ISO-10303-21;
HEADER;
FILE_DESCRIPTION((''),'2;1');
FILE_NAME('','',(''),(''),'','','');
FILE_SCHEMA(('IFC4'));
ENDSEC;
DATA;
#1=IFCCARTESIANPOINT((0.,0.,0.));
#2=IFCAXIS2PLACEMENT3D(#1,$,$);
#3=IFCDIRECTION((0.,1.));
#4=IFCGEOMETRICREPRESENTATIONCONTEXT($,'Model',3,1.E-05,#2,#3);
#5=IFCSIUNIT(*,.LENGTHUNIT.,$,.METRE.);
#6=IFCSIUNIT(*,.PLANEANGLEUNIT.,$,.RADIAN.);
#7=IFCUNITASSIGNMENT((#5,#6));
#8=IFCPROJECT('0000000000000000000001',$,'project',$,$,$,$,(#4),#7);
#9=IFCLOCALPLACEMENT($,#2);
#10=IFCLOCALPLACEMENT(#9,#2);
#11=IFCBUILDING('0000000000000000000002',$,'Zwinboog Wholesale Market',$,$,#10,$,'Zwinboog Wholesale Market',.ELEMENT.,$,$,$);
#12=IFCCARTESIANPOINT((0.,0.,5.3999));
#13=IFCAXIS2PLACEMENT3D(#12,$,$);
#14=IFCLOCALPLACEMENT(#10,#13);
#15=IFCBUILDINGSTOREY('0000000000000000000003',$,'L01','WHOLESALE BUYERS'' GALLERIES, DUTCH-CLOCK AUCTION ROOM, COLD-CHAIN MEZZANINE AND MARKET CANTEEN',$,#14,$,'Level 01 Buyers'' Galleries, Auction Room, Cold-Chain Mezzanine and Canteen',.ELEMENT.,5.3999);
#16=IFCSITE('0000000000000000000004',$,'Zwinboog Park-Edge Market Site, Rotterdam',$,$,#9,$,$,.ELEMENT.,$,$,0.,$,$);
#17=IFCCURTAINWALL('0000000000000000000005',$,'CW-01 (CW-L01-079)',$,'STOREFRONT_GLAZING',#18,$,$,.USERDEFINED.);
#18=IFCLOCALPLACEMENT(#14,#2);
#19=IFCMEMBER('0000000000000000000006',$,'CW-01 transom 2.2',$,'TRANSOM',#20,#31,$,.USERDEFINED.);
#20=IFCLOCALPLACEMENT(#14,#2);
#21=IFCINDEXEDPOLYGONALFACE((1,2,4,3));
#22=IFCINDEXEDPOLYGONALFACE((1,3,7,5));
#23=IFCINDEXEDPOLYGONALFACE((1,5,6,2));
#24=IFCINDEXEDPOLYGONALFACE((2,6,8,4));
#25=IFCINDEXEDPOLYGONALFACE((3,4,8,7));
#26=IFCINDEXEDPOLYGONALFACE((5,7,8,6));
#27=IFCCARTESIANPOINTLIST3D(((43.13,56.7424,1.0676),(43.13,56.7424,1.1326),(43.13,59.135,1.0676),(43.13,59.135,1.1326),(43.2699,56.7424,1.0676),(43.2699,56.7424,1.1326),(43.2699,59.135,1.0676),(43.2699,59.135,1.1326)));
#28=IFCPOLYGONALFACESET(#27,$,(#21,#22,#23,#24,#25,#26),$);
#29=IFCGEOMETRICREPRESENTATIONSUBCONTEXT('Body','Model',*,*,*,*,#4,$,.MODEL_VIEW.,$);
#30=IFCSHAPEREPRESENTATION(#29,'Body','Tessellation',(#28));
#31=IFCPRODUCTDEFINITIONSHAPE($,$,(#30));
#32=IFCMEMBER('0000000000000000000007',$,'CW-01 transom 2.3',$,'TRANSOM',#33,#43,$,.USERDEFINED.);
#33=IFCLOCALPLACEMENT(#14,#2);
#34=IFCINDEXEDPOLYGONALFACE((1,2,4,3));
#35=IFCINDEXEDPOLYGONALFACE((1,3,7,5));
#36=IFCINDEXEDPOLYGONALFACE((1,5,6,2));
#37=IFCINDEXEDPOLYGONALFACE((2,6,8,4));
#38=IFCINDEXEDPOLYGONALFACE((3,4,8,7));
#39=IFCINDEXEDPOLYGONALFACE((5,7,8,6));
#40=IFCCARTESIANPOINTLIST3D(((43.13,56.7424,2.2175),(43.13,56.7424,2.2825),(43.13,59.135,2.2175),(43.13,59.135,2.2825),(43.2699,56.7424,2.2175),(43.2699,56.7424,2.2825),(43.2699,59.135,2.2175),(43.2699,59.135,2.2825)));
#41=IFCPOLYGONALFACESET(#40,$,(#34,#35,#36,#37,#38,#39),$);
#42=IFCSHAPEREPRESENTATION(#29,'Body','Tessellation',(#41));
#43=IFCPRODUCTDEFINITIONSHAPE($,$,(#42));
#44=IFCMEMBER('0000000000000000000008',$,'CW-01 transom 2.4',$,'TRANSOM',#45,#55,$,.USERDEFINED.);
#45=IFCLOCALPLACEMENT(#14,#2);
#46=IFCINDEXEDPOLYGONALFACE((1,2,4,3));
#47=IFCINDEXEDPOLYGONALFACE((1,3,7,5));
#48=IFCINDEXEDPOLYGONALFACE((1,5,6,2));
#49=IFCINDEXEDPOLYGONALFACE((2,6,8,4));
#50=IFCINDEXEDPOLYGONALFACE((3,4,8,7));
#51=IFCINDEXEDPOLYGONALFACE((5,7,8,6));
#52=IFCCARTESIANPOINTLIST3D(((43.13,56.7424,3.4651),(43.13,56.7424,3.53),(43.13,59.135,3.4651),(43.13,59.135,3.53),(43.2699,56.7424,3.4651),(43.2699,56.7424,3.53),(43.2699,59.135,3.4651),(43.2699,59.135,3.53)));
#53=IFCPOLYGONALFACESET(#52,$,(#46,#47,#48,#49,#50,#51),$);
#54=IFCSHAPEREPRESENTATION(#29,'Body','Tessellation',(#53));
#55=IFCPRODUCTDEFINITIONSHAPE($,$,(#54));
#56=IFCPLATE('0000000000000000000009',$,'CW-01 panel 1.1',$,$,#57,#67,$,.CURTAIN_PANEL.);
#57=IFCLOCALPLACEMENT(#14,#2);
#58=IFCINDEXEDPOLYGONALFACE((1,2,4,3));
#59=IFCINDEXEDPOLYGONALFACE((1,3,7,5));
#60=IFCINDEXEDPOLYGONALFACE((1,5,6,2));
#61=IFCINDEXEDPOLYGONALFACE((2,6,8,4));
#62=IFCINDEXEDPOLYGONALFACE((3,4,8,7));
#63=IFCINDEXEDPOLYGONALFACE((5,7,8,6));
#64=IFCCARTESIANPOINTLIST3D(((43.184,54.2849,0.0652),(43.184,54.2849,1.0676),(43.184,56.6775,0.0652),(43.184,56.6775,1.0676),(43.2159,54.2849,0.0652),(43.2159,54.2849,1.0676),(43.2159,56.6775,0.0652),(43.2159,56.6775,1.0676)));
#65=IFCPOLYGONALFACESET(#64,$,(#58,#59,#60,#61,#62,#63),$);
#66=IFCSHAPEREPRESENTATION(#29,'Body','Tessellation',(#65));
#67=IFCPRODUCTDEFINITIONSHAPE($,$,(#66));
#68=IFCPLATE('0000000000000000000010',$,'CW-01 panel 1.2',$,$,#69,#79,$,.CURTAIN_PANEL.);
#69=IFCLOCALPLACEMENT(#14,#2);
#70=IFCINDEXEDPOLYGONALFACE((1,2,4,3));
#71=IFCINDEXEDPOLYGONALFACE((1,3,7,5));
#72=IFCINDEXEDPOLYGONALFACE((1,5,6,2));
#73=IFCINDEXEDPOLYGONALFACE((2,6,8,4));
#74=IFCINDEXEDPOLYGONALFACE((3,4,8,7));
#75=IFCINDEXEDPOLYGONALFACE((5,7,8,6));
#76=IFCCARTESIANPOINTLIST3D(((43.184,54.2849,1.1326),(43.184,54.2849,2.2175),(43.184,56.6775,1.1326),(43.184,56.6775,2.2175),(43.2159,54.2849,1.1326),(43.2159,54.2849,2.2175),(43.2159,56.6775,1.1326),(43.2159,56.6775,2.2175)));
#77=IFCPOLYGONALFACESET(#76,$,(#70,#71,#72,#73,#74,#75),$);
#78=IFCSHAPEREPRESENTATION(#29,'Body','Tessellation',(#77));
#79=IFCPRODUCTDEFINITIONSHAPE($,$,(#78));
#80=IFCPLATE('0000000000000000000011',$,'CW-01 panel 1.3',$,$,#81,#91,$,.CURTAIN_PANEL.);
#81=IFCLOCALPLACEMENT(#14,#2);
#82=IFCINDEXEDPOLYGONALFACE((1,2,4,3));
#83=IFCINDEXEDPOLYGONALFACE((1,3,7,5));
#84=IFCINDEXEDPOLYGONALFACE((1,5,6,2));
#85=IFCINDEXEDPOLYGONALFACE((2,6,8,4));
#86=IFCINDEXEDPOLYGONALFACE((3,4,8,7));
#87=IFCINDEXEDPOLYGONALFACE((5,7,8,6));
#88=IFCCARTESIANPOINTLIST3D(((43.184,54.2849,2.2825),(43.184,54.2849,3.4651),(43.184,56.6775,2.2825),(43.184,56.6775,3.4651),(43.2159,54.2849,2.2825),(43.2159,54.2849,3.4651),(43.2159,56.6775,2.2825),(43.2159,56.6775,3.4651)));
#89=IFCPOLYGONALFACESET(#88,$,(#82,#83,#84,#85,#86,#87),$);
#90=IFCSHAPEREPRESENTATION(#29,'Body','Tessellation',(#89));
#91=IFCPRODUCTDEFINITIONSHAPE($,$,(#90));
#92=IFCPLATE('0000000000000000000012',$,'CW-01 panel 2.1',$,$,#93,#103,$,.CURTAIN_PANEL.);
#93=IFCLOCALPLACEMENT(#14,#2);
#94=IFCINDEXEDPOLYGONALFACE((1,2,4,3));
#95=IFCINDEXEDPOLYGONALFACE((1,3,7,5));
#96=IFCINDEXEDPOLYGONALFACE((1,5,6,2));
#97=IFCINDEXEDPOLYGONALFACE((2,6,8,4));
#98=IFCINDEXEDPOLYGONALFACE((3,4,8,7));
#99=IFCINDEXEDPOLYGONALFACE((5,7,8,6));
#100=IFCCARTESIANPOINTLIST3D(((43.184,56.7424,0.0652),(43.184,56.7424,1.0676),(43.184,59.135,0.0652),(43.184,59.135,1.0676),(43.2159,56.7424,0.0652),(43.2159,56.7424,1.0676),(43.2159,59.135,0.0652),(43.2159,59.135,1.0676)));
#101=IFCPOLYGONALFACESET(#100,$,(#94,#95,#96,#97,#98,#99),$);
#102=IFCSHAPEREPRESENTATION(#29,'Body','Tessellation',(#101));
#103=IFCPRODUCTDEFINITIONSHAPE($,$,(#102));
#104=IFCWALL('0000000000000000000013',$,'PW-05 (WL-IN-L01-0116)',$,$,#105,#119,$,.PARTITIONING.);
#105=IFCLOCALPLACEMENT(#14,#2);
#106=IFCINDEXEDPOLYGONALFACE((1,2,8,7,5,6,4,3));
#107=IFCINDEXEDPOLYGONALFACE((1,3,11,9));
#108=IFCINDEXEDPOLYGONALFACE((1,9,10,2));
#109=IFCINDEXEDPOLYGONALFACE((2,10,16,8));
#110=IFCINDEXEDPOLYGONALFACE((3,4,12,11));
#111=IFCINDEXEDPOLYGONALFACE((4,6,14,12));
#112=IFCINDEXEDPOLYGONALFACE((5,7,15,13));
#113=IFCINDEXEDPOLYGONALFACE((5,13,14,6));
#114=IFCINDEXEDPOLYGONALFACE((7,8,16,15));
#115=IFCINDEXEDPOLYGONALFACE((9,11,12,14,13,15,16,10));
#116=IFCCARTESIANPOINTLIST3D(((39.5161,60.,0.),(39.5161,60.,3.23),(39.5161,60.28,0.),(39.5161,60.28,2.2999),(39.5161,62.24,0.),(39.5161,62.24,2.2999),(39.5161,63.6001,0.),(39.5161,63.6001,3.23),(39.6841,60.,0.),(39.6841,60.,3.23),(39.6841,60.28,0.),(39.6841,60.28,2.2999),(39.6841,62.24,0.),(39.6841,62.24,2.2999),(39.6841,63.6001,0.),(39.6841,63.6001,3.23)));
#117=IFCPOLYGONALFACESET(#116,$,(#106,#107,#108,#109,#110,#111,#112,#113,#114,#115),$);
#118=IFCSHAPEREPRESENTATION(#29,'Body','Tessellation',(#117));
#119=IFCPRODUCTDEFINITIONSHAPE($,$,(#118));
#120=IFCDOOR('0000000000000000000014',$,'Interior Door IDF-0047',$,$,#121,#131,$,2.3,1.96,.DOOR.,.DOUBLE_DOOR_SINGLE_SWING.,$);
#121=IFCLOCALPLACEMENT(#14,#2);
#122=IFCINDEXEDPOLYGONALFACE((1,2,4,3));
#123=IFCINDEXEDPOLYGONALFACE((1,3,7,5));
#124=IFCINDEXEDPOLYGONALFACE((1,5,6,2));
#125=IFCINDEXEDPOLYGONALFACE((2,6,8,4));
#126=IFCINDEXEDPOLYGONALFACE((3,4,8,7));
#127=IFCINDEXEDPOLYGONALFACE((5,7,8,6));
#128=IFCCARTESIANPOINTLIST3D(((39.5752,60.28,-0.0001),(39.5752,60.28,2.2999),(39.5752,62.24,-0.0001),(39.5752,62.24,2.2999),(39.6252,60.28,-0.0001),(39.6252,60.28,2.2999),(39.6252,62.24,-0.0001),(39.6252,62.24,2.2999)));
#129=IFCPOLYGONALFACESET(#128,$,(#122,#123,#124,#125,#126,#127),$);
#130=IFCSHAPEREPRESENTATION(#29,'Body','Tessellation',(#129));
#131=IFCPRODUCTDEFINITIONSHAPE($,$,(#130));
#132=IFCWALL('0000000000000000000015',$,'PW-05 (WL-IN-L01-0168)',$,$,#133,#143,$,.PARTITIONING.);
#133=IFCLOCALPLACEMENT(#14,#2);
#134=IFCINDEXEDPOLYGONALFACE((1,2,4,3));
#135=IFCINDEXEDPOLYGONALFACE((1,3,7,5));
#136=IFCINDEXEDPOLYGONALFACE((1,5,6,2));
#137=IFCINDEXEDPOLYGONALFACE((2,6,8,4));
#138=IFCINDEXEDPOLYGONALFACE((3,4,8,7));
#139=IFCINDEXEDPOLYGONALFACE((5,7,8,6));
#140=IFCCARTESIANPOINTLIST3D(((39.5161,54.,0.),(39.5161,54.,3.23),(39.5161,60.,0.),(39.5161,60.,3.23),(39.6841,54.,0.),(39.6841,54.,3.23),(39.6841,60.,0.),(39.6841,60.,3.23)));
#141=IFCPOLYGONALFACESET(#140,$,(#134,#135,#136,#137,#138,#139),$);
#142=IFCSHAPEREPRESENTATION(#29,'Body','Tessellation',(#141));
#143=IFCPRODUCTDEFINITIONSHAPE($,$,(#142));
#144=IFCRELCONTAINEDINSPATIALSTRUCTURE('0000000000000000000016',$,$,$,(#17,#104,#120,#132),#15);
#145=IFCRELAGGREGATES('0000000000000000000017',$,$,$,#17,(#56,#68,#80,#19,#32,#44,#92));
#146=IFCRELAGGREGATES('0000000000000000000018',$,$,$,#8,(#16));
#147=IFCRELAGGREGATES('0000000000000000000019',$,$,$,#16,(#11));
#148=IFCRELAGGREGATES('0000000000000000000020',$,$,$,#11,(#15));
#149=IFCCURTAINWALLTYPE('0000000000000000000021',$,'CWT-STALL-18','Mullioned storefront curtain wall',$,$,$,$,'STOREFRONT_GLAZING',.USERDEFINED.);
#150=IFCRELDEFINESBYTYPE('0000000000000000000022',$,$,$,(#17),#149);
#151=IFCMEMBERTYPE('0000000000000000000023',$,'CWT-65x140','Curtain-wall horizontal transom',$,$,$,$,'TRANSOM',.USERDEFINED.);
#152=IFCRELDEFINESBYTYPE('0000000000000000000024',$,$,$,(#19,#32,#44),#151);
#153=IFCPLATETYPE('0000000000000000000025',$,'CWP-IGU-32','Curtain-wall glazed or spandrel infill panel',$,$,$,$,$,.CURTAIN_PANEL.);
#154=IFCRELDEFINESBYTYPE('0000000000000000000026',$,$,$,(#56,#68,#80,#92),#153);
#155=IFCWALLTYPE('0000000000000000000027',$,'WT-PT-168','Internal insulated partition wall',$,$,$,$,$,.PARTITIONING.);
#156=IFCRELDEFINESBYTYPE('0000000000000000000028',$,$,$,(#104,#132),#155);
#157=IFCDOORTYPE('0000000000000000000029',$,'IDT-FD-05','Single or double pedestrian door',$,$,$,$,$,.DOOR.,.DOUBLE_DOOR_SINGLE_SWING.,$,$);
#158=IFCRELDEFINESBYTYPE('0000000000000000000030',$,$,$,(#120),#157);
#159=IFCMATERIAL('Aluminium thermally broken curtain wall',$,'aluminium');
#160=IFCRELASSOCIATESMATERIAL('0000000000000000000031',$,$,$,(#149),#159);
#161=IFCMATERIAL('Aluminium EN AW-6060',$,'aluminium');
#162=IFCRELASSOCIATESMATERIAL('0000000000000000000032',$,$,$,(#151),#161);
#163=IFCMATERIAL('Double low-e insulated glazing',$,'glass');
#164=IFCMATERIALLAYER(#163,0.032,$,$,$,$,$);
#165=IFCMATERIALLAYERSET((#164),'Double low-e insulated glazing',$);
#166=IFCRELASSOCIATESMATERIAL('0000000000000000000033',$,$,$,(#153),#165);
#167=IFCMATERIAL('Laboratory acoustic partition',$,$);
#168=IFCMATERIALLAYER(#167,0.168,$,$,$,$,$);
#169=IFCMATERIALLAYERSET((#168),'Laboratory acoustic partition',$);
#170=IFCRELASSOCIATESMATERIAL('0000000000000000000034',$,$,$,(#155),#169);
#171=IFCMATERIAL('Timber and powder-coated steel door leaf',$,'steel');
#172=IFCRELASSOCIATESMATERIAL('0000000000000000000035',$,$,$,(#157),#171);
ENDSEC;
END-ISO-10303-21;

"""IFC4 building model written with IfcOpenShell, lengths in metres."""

from ifc_helpers import new_model, si_unit, direction, frame, frame_2d, origin, origin_2d, place, context, subcontext, project, spatial, rectangle, extrude, material, layer, layer_set, material_profile, profile_set, type_object, element, fill, aggregate, save


model = new_model("IFC4")

# Units and contexts
model_context = context("Model", 3, precision=1e-05, world=origin(), true_north=direction((0.0, 1.0)))
body_context = subcontext(model_context, "Body", "Model", "MODEL_VIEW")
ifc_project = project(units=[si_unit("LENGTHUNIT", "METRE"), si_unit("PLANEANGLEUNIT", "RADIAN")], contexts=[model_context])

# Site, building, storey
site_placement = place(None, origin())
site = spatial("IfcSite", under=ifc_project, at=site_placement, Name="Zwinboog Park-Edge Market Site, Rotterdam", CompositionType="ELEMENT", RefElevation=0.0)
building_placement = place(site_placement, origin())
building = spatial("IfcBuilding", under=site, at=building_placement, Name="Zwinboog Wholesale Market", LongName="Zwinboog Wholesale Market", CompositionType="ELEMENT")
storey_placement = place(building_placement, frame((0.0, 0.0, 5.3999)))
storey = spatial("IfcBuildingStorey", under=building, at=storey_placement, Name="L01", Description="WHOLESALE BUYERS' GALLERIES, DUTCH-CLOCK AUCTION ROOM, COLD-CHAIN MEZZANINE AND MARKET CANTEEN", LongName="Level 01 Buyers' Galleries, Auction Room, Cold-Chain Mezzanine and Canteen", CompositionType="ELEMENT", Elevation=5.3999)

# Curtain wall
ifc_material_1 = material(Name="Aluminium thermally broken curtain wall", Category="aluminium")
curtain_wall_type_1 = type_object("IfcCurtainWallType", Name="CWT-STALL-18", Description="Mullioned storefront curtain wall", ElementType="STOREFRONT_GLAZING", PredefinedType="USERDEFINED", material=ifc_material_1)
curtain_wall_1_placement = place(storey_placement, origin())
curtain_wall_1 = element("IfcCurtainWall", 1, at=curtain_wall_1_placement, inside=storey, type_object=curtain_wall_type_1, Name="CW-01 (CW-L01-079)", ObjectType="STOREFRONT_GLAZING", PredefinedType="USERDEFINED")
ifc_material_2 = material(Name="Aluminium EN AW-6060", Category="aluminium")

# Members
ifc_material_profile_1 = material_profile(ifc_material_2, rectangle(XDim=0.1399, YDim=0.0649, at=origin_2d()), Name="AL 65x140")
ifc_profile_set_1 = profile_set([ifc_material_profile_1], Name="Aluminium EN AW-6060")
member_type_1 = type_object("IfcMemberType", Name="CWT-65x140", Description="Curtain-wall horizontal transom", ElementType="TRANSOM", PredefinedType="USERDEFINED", material=ifc_profile_set_1)
member_1_placement = place(storey_placement, frame((43.2, 56.7424, 1.1001), z_axis=(0.0, 1.0, 0.0), x_axis=(-1.0, 0.0, 0.0)))
member_1 = element("IfcMember", 2, at=member_1_placement, type_object=member_type_1, Name="CW-01 transom 2.2", ObjectType="TRANSOM", PredefinedType="USERDEFINED", context=body_context, shape_type="SweptSolid", body=[
    extrude(rectangle(XDim=0.1399, YDim=0.0649, at=origin_2d()), origin(), (0.0, 0.0, 1.0), 2.3926),
])
member_2_placement = place(storey_placement, frame((43.2, 56.7424, 2.25), z_axis=(0.0, 1.0, 0.0), x_axis=(-1.0, 0.0, 0.0)))
member_2 = element("IfcMember", 3, at=member_2_placement, type_object=member_type_1, Name="CW-01 transom 2.3", ObjectType="TRANSOM", PredefinedType="USERDEFINED", context=body_context, shape_type="SweptSolid", body=[
    extrude(rectangle(XDim=0.1399, YDim=0.0649, at=origin_2d()), origin(), (0.0, 0.0, 1.0), 2.3926),
])
member_3_placement = place(storey_placement, frame((43.2, 56.7424, 3.4976), z_axis=(0.0, 1.0, 0.0), x_axis=(-1.0, 0.0, 0.0)))
member_3 = element("IfcMember", 4, at=member_3_placement, type_object=member_type_1, Name="CW-01 transom 2.4", ObjectType="TRANSOM", PredefinedType="USERDEFINED", context=body_context, shape_type="SweptSolid", body=[
    extrude(rectangle(XDim=0.1399, YDim=0.0649, at=origin_2d()), origin(), (0.0, 0.0, 1.0), 2.3926),
])

# Plates
ifc_material_3 = material(Name="Double low-e insulated glazing", Category="glass")
ifc_layer_1 = layer(ifc_material_3, 0.032)
ifc_layer_set_1 = layer_set([ifc_layer_1], Name="Double low-e insulated glazing")
plate_type = type_object("IfcPlateType", Name="CWP-IGU-32", Description="Curtain-wall glazed or spandrel infill panel", PredefinedType="CURTAIN_PANEL", material=ifc_layer_set_1)
plate_1_placement = place(storey_placement, frame((43.2, 55.4812, 0.0652), z_axis=(0.0, 0.0, 1.0), x_axis=(0.0, 1.0, 0.0)))
plate_1 = element("IfcPlate", 5, at=plate_1_placement, type_object=plate_type, Name="CW-01 panel 1.1", PredefinedType="CURTAIN_PANEL", context=body_context, shape_type="SweptSolid", body=[
    extrude(rectangle(XDim=2.3926, YDim=0.032, at=origin_2d()), origin(), (0.0, 0.0, 1.0), 1.0024),
])
plate_2_placement = place(storey_placement, frame((43.2, 55.4812, 1.1326), z_axis=(0.0, 0.0, 1.0), x_axis=(0.0, 1.0, 0.0)))
plate_2 = element("IfcPlate", 6, at=plate_2_placement, type_object=plate_type, Name="CW-01 panel 1.2", PredefinedType="CURTAIN_PANEL", context=body_context, shape_type="SweptSolid", body=[
    extrude(rectangle(XDim=2.3926, YDim=0.032, at=origin_2d()), origin(), (0.0, 0.0, 1.0), 1.085),
])
plate_3_placement = place(storey_placement, frame((43.2, 55.4812, 2.2825), z_axis=(0.0, 0.0, 1.0), x_axis=(0.0, 1.0, 0.0)))
plate_3 = element("IfcPlate", 7, at=plate_3_placement, type_object=plate_type, Name="CW-01 panel 1.3", PredefinedType="CURTAIN_PANEL", context=body_context, shape_type="SweptSolid", body=[
    extrude(rectangle(XDim=2.3926, YDim=0.032, at=origin_2d()), origin(), (0.0, 0.0, 1.0), 1.1826),
])
plate_4_placement = place(storey_placement, frame((43.2, 57.9387, 0.0652), z_axis=(0.0, 0.0, 1.0), x_axis=(0.0, 1.0, 0.0)))
plate_4 = element("IfcPlate", 8, at=plate_4_placement, type_object=plate_type, Name="CW-01 panel 2.1", PredefinedType="CURTAIN_PANEL", context=body_context, shape_type="SweptSolid", body=[
    extrude(rectangle(XDim=2.3926, YDim=0.032, at=origin_2d()), origin(), (0.0, 0.0, 1.0), 1.0024),
])
aggregate(curtain_wall_1, [plate_1, plate_2, plate_3, member_1, member_2, member_3, plate_4])

# Wall, opening, door
ifc_material_4 = material(Name="Laboratory acoustic partition")
ifc_layer_2 = layer(ifc_material_4, 0.168)
ifc_layer_set_2 = layer_set([ifc_layer_2], Name="Laboratory acoustic partition")
wall_type = type_object("IfcWallType", Name="WT-PT-168", Description="Internal insulated partition wall", PredefinedType="PARTITIONING", material=ifc_layer_set_2)
wall_1_placement = place(storey_placement, frame((39.6001, 60.0, 0.0), z_axis=(0.0, 0.0, 1.0), x_axis=(0.0, 1.0, 0.0)))
wall_1 = element("IfcWall", 9, at=wall_1_placement, inside=storey, type_object=wall_type, Name="PW-05 (WL-IN-L01-0116)", PredefinedType="PARTITIONING", context=body_context, shape_type="SweptSolid", body=[
    extrude(rectangle(XDim=3.6001, YDim=0.168, at=frame_2d((1.8, 0.0))), origin(), (0.0, 0.0, 1.0), 3.23),
])
opening_placement = place(wall_1_placement, frame((0.28, 0.0, 0.0)))
opening = element("IfcOpeningElement", 10, at=opening_placement, cuts=wall_1, PredefinedType="OPENING", context=body_context, shape_type="SweptSolid", body=[
    extrude(rectangle(XDim=1.96, YDim=2.3, at=frame_2d((0.98, 1.1499))), frame((0.0, 0.094, 0.0), z_axis=(0.0, -1.0, 0.0), x_axis=(1.0, 0.0, 0.0)), (0.0, 0.0, 1.0), 0.188),
])
ifc_material_5 = material(Name="Timber and powder-coated steel door leaf", Category="steel")
door_type = type_object("IfcDoorType", Name="IDT-FD-05", Description="Single or double pedestrian door", OperationType="DOUBLE_DOOR_SINGLE_SWING", PredefinedType="DOOR", material=ifc_material_5)
door_placement = place(opening_placement, origin())
door = element("IfcDoor", 11, at=door_placement, inside=storey, type_object=door_type, Name="Interior Door IDF-0047", OperationType="DOUBLE_DOOR_SINGLE_SWING", OverallHeight=2.3, OverallWidth=1.96, PredefinedType="DOOR", context=body_context, shape_type="SweptSolid", body=[
    extrude(rectangle(XDim=1.96, YDim=2.3, at=frame_2d((0.98, 1.1499))), frame((0.0, 0.0249, 0.0), z_axis=(0.0, -1.0, 0.0), x_axis=(1.0, 0.0, 0.0)), (0.0, 0.0, 1.0), 0.05),
])
fill(opening, door)

# Wall
wall_2_placement = place(storey_placement, frame((39.6001, 54.0, 0.0), z_axis=(0.0, 0.0, 1.0), x_axis=(0.0, 1.0, 0.0)))
element("IfcWall", 12, at=wall_2_placement, inside=storey, type_object=wall_type, Name="PW-05 (WL-IN-L01-0168)", PredefinedType="PARTITIONING", context=body_context, shape_type="SweptSolid", body=[
    extrude(rectangle(XDim=6.0, YDim=0.168, at=frame_2d((3.0, 0.0))), origin(), (0.0, 0.0, 1.0), 3.23),
])

save(model, "model.ifc")
